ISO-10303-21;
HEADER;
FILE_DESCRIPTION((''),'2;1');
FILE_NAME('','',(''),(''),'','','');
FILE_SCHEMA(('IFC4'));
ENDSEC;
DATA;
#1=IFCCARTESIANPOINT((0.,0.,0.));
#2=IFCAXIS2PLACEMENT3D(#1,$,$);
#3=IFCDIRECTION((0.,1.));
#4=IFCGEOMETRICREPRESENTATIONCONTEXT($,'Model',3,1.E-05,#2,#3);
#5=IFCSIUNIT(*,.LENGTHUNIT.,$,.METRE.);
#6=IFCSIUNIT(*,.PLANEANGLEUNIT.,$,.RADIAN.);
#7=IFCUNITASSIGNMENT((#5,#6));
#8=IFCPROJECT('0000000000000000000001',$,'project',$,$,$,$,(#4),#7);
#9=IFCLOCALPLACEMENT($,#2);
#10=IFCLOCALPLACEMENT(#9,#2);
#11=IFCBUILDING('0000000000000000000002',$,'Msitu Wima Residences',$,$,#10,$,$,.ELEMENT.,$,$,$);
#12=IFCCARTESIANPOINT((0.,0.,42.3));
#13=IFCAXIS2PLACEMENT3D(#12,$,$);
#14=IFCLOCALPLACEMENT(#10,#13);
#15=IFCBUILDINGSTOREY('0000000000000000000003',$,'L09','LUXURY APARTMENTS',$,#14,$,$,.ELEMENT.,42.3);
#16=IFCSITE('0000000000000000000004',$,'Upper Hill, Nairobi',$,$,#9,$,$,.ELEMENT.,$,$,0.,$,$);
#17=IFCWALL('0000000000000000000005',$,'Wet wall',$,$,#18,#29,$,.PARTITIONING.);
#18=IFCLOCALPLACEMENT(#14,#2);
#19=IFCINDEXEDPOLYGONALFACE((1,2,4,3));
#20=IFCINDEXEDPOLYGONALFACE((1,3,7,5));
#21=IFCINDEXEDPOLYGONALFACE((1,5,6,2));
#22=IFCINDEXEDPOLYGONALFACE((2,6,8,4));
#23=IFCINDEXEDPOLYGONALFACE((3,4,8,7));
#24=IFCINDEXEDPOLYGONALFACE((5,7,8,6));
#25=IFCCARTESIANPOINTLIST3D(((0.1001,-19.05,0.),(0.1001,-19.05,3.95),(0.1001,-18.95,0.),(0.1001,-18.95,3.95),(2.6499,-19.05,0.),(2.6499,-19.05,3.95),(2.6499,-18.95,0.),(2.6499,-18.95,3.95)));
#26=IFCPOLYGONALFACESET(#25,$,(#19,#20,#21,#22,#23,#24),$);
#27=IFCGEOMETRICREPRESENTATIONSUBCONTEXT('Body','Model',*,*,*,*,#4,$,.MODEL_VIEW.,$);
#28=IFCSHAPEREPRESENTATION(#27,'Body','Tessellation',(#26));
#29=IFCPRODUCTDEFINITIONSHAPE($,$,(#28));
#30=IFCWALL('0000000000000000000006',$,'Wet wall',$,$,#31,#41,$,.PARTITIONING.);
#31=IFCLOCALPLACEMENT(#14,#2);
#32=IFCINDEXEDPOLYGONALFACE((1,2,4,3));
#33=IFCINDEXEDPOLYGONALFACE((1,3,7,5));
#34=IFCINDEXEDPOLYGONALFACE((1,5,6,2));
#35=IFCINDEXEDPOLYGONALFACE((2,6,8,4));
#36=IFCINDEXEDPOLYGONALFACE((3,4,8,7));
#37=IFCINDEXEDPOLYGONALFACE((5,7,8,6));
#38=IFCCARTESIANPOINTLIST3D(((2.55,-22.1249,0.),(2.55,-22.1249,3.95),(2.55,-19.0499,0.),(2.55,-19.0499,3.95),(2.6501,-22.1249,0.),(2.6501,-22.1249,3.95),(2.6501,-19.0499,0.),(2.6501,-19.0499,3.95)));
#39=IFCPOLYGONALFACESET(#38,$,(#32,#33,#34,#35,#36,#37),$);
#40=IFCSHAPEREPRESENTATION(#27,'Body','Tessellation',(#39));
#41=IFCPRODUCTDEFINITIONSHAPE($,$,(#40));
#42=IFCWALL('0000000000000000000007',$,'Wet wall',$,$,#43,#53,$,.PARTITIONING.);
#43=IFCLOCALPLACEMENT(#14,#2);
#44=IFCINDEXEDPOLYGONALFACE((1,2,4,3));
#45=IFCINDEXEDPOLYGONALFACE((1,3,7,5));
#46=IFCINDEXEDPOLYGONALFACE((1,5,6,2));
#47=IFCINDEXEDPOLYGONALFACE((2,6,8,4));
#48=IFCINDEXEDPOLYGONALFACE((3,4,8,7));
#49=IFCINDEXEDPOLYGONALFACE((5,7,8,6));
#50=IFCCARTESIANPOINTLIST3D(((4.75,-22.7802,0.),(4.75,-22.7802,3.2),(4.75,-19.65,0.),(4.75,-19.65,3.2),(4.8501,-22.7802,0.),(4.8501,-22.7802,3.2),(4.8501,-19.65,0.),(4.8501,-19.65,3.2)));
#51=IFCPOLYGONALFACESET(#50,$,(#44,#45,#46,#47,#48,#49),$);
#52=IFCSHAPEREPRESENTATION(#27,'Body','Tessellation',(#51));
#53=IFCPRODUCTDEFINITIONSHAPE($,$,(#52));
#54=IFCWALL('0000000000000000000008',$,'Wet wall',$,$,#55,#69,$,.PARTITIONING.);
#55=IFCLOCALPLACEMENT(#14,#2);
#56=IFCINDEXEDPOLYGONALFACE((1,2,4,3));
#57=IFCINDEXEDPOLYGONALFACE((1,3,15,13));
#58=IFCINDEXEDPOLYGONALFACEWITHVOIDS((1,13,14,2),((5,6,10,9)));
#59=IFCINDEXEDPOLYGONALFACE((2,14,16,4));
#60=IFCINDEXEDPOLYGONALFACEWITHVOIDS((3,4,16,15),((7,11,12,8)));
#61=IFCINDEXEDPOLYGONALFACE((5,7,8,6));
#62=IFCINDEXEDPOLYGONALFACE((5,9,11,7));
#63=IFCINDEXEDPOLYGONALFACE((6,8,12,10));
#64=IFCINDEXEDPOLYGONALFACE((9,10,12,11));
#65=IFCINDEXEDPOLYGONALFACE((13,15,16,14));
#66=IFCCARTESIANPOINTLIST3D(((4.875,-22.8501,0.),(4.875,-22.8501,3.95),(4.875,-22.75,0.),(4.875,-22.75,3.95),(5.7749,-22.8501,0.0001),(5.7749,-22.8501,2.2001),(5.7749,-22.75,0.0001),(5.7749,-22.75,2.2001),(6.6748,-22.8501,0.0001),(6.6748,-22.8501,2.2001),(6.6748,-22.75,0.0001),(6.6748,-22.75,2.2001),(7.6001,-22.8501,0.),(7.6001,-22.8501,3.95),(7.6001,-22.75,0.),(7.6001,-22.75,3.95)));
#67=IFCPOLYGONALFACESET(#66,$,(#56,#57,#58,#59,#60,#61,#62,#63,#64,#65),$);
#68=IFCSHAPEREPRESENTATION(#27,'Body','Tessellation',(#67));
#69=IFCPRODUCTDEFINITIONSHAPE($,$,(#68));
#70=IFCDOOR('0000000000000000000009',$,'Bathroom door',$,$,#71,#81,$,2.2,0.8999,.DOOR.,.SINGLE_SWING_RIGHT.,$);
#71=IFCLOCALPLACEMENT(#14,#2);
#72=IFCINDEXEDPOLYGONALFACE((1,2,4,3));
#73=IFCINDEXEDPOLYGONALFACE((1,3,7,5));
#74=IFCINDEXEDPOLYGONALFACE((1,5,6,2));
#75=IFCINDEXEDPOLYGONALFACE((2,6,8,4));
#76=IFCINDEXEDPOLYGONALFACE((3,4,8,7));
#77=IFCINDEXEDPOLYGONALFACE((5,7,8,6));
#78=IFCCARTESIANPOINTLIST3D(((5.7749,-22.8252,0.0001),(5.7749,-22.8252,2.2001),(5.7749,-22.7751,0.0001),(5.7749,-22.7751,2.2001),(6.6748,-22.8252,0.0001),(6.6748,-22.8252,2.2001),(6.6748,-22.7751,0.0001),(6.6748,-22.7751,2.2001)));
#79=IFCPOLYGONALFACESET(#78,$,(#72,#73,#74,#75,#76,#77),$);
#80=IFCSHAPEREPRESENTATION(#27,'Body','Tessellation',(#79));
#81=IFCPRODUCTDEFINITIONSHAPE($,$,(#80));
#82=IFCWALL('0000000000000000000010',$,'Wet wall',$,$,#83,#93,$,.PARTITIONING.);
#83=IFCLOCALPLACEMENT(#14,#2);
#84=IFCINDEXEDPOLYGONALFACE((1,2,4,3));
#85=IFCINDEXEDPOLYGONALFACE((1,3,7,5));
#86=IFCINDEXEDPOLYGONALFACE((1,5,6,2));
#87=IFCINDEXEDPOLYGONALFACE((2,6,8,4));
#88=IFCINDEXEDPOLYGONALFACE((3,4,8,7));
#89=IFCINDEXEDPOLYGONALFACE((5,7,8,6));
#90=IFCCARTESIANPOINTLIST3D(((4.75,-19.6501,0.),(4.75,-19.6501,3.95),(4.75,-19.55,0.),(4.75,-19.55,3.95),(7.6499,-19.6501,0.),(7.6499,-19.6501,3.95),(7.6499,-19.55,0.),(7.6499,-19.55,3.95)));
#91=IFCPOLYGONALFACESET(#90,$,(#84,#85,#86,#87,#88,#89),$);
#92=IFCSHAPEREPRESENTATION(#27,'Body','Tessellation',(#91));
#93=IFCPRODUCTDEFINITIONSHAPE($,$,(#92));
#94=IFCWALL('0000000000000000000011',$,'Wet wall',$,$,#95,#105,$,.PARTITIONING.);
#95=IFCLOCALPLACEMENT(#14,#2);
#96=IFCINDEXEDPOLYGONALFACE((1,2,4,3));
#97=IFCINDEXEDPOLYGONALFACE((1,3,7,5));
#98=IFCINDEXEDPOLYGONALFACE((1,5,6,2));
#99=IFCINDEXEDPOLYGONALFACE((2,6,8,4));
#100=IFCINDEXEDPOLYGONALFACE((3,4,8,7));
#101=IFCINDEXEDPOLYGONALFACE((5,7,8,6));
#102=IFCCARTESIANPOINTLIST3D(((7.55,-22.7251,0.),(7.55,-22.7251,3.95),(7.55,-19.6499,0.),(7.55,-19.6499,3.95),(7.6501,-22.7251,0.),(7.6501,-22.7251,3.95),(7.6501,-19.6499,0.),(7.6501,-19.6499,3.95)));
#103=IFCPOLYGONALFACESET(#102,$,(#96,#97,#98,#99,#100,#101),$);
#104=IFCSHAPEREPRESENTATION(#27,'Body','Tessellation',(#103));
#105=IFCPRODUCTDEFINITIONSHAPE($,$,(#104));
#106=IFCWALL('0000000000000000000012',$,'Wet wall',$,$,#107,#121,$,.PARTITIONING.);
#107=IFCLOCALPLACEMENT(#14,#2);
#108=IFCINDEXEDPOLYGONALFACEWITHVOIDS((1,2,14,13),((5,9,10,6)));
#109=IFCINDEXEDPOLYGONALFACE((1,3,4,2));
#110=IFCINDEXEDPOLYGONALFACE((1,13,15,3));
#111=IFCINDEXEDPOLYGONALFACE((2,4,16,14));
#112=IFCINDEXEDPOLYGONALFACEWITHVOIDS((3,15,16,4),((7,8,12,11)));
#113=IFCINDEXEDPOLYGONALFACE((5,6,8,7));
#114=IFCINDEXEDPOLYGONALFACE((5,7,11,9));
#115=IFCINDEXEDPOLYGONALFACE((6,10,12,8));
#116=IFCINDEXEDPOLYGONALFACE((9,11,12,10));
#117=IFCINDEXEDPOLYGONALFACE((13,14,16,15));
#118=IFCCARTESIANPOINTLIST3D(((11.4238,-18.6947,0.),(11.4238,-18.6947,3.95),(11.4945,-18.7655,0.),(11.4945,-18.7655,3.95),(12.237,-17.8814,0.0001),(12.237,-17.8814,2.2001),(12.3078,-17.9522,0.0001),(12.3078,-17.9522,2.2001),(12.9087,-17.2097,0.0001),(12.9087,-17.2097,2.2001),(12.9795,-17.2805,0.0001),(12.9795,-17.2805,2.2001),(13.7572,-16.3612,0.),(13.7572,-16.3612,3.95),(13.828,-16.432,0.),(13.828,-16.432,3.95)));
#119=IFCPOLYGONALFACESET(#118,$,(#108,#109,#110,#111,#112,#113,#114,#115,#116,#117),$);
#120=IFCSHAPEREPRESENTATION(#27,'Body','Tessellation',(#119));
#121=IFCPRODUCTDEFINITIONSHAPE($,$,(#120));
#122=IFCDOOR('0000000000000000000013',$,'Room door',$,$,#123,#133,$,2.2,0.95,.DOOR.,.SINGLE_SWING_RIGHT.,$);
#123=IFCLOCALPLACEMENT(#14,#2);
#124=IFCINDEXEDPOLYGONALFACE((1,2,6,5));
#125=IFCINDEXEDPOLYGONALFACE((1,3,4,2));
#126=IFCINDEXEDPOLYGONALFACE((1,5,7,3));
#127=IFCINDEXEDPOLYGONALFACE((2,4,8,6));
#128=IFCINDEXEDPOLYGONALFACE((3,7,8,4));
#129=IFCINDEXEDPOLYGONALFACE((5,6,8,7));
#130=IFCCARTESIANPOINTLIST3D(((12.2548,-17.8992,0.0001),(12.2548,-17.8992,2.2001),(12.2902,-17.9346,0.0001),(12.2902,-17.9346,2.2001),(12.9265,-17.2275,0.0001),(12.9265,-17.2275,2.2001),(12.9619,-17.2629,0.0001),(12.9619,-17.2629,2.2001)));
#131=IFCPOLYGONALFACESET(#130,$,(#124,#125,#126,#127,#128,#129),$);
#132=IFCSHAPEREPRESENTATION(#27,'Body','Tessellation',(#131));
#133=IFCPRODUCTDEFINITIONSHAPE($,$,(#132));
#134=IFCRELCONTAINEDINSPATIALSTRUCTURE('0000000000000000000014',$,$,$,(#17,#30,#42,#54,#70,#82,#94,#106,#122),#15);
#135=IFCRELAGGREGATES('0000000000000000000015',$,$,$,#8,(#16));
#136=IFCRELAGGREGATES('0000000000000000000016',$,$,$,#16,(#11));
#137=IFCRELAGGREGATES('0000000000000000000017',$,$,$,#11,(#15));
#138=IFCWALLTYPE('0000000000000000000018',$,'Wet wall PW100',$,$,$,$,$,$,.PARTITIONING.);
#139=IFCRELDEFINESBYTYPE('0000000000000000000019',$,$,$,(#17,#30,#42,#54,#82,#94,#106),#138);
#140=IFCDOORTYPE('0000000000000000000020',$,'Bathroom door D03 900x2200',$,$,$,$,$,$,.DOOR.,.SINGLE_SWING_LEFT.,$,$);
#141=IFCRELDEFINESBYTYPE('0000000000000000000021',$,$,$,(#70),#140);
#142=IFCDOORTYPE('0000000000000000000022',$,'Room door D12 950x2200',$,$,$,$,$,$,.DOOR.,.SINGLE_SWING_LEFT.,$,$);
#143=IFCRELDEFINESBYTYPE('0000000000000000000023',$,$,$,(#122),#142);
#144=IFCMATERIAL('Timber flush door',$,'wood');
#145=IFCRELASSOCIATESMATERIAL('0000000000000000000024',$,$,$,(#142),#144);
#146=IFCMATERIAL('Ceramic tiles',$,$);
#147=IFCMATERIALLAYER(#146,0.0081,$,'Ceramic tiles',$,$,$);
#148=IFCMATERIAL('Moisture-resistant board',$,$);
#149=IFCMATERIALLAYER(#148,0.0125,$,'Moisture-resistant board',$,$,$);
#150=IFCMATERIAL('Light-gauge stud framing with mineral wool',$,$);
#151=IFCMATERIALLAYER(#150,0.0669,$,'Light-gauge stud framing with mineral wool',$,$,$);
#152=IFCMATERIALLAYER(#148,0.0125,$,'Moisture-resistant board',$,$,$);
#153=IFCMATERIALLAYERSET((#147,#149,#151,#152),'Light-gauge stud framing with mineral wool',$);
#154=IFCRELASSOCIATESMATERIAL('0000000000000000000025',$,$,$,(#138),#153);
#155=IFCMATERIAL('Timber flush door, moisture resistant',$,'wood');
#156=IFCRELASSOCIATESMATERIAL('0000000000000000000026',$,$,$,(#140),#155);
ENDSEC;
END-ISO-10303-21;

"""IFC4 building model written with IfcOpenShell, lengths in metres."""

from ifc_helpers import new_model, si_unit, direction, frame, frame_2d, origin, place, context, subcontext, project, spatial, rectangle, extrude, material, layer, layer_set, type_object, element, fill, save


model = new_model("IFC4")

# Units and contexts
model_context = context("Model", 3, precision=1e-05, world=origin(), true_north=direction((0.0, 1.0)))
body_context = subcontext(model_context, "Body", "Model", "MODEL_VIEW")
ifc_project = project(units=[si_unit("LENGTHUNIT", "METRE"), si_unit("PLANEANGLEUNIT", "RADIAN")], contexts=[model_context])

# Site, building, storey
site_placement = place(None, origin())
site = spatial("IfcSite", under=ifc_project, at=site_placement, Name="Upper Hill, Nairobi", CompositionType="ELEMENT", RefElevation=0.0)
building_placement = place(site_placement, origin())
building = spatial("IfcBuilding", under=site, at=building_placement, Name="Msitu Wima Residences", CompositionType="ELEMENT")
storey_placement = place(building_placement, frame((0.0, 0.0, 42.3)))
storey = spatial("IfcBuildingStorey", under=building, at=storey_placement, Name="L09", Description="LUXURY APARTMENTS", CompositionType="ELEMENT", Elevation=42.3)

# Shared definitions
ifc_material_1 = material(Name="Timber flush door", Category="wood")
door_type_1 = type_object("IfcDoorType", Name="Room door D12 950x2200", OperationType="SINGLE_SWING_LEFT", PredefinedType="DOOR", material=ifc_material_1)

# Shared definitions
ifc_material_2 = material(Name="Ceramic tiles")
ifc_layer_1 = layer(ifc_material_2, 0.0081, Name="Ceramic tiles")
ifc_material_3 = material(Name="Moisture-resistant board")
ifc_layer_2 = layer(ifc_material_3, 0.0125, Name="Moisture-resistant board")
ifc_material_4 = material(Name="Light-gauge stud framing with mineral wool")
ifc_layer_3 = layer(ifc_material_4, 0.0669, Name="Light-gauge stud framing with mineral wool")
ifc_layer_4 = layer(ifc_material_3, 0.0125, Name="Moisture-resistant board")
ifc_layer_set_1 = layer_set([ifc_layer_1, ifc_layer_2, ifc_layer_3, ifc_layer_4], Name="Light-gauge stud framing with mineral wool")
wall_type_1 = type_object("IfcWallType", Name="Wet wall PW100", PredefinedType="PARTITIONING", material=ifc_layer_set_1)
ifc_material_5 = material(Name="Timber flush door, moisture resistant", Category="wood")
door_type_2 = type_object("IfcDoorType", Name="Bathroom door D03 900x2200", OperationType="SINGLE_SWING_LEFT", PredefinedType="DOOR", material=ifc_material_5)

# Walls
wall_1_placement = place(storey_placement, frame((0.1001, -19.0, 0.0), z_axis=(0.0, 0.0, 1.0), x_axis=(1.0, 0.0, 0.0)))
element("IfcWall", 1, at=wall_1_placement, inside=storey, type_object=wall_type_1, Name="Wet wall", PredefinedType="PARTITIONING", context=body_context, shape_type="SweptSolid", body=[
    extrude(rectangle(XDim=2.5498, YDim=0.1001, at=frame_2d((1.2749, 0.0))), origin(), (0.0, 0.0, 1.0), 3.95),
])
wall_2_placement = place(storey_placement, frame((2.6001, -22.125, 0.0), z_axis=(0.0, 0.0, 1.0), x_axis=(0.0, 1.0, 0.0)))
element("IfcWall", 2, at=wall_2_placement, inside=storey, type_object=wall_type_1, Name="Wet wall", PredefinedType="PARTITIONING", context=body_context, shape_type="SweptSolid", body=[
    extrude(rectangle(XDim=3.075, YDim=0.1001, at=frame_2d((1.5376, 0.0))), origin(), (0.0, 0.0, 1.0), 3.95),
])
wall_3_placement = place(storey_placement, frame((4.8, -22.78, 0.0), z_axis=(0.0, 0.0, 1.0), x_axis=(0.0, 1.0, 0.0)))
element("IfcWall", 3, at=wall_3_placement, inside=storey, type_object=wall_type_1, Name="Wet wall", PredefinedType="PARTITIONING", context=body_context, shape_type="SweptSolid", body=[
    extrude(rectangle(XDim=3.1301, YDim=0.1001, at=frame_2d((1.5649, 0.0))), origin(), (0.0, 0.0, 1.0), 3.2),
])

# Wall, opening, door
wall_4_placement = place(storey_placement, frame((4.875, -22.8, 0.0), z_axis=(0.0, 0.0, 1.0), x_axis=(1.0, 0.0, 0.0)))
wall_4 = element("IfcWall", 4, at=wall_4_placement, inside=storey, type_object=wall_type_1, Name="Wet wall", PredefinedType="PARTITIONING", context=body_context, shape_type="SweptSolid", body=[
    extrude(rectangle(XDim=2.7251, YDim=0.1001, at=frame_2d((1.3625, 0.0))), origin(), (0.0, 0.0, 1.0), 3.95),
])
opening_1_placement = place(wall_4_placement, frame((0.8999, 0.0, 0.0)))
opening_1 = element("IfcOpeningElement", 5, at=opening_1_placement, cuts=wall_4, PredefinedType="OPENING", context=body_context, shape_type="SweptSolid", body=[
    extrude(rectangle(XDim=0.8999, YDim=2.2, at=frame_2d((0.45, 1.1001))), frame((0.0, 0.0601, 0.0), z_axis=(0.0, -1.0, 0.0), x_axis=(1.0, 0.0, 0.0)), (0.0, 0.0, 1.0), 0.1201),
])
door_1_placement = place(opening_1_placement, origin())
door_1 = element("IfcDoor", 6, at=door_1_placement, inside=storey, type_object=door_type_2, Name="Bathroom door", OperationType="SINGLE_SWING_RIGHT", OverallHeight=2.2, OverallWidth=0.8999, PredefinedType="DOOR", context=body_context, shape_type="SweptSolid", body=[
    extrude(rectangle(XDim=0.8999, YDim=2.2, at=frame_2d((0.45, 1.1001))), frame((0.0, 0.0249, 0.0), z_axis=(0.0, -1.0, 0.0), x_axis=(1.0, 0.0, 0.0)), (0.0, 0.0, 1.0), 0.05),
])
fill(opening_1, door_1)

# Walls
wall_5_placement = place(storey_placement, frame((4.75, -19.6001, 0.0), z_axis=(0.0, 0.0, 1.0), x_axis=(1.0, 0.0, 0.0)))
element("IfcWall", 7, at=wall_5_placement, inside=storey, type_object=wall_type_1, Name="Wet wall", PredefinedType="PARTITIONING", context=body_context, shape_type="SweptSolid", body=[
    extrude(rectangle(XDim=2.8999, YDim=0.1001, at=frame_2d((1.45, 0.0))), origin(), (0.0, 0.0, 1.0), 3.95),
])
wall_6_placement = place(storey_placement, frame((7.6001, -22.7251, 0.0), z_axis=(0.0, 0.0, 1.0), x_axis=(0.0, 1.0, 0.0)))
element("IfcWall", 8, at=wall_6_placement, inside=storey, type_object=wall_type_1, Name="Wet wall", PredefinedType="PARTITIONING", context=body_context, shape_type="SweptSolid", body=[
    extrude(rectangle(XDim=3.0752, YDim=0.1001, at=frame_2d((1.5376, 0.0))), origin(), (0.0, 0.0, 1.0), 3.95),
])

# Wall, opening, door
wall_7_placement = place(storey_placement, frame((11.4592, -18.73, 0.0), z_axis=(0.0, 0.0, 1.0), x_axis=(0.707107, 0.707107, 0.0)))
wall_7 = element("IfcWall", 9, at=wall_7_placement, inside=storey, type_object=wall_type_1, Name="Wet wall", PredefinedType="PARTITIONING", context=body_context, shape_type="SweptSolid", body=[
    extrude(rectangle(XDim=3.3, YDim=0.1001, at=frame_2d((1.6499, 0.0))), origin(), (0.0, 0.0, 1.0), 3.95),
])
opening_2_placement = place(wall_7_placement, frame((1.1499, 0.0, 0.0)))
opening_2 = element("IfcOpeningElement", 10, at=opening_2_placement, cuts=wall_7, PredefinedType="OPENING", context=body_context, shape_type="SweptSolid", body=[
    extrude(rectangle(XDim=0.95, YDim=2.2, at=frame_2d((0.4751, 1.1001))), frame((0.0, 0.0601, 0.0), z_axis=(0.0, -1.0, 0.0), x_axis=(1.0, 0.0, 0.0)), (0.0, 0.0, 1.0), 0.1201),
])
door_2_placement = place(opening_2_placement, origin())
door_2 = element("IfcDoor", 11, at=door_2_placement, inside=storey, type_object=door_type_1, Name="Room door", OperationType="SINGLE_SWING_RIGHT", OverallHeight=2.2, OverallWidth=0.95, PredefinedType="DOOR", context=body_context, shape_type="SweptSolid", body=[
    extrude(rectangle(XDim=0.95, YDim=2.2, at=frame_2d((0.4751, 1.1001))), frame((0.0, 0.0249, 0.0), z_axis=(0.0, -1.0, 0.0), x_axis=(1.0, 0.0, 0.0)), (0.0, 0.0, 1.0), 0.05),
])
fill(opening_2, door_2)

save(model, "model.ifc")
